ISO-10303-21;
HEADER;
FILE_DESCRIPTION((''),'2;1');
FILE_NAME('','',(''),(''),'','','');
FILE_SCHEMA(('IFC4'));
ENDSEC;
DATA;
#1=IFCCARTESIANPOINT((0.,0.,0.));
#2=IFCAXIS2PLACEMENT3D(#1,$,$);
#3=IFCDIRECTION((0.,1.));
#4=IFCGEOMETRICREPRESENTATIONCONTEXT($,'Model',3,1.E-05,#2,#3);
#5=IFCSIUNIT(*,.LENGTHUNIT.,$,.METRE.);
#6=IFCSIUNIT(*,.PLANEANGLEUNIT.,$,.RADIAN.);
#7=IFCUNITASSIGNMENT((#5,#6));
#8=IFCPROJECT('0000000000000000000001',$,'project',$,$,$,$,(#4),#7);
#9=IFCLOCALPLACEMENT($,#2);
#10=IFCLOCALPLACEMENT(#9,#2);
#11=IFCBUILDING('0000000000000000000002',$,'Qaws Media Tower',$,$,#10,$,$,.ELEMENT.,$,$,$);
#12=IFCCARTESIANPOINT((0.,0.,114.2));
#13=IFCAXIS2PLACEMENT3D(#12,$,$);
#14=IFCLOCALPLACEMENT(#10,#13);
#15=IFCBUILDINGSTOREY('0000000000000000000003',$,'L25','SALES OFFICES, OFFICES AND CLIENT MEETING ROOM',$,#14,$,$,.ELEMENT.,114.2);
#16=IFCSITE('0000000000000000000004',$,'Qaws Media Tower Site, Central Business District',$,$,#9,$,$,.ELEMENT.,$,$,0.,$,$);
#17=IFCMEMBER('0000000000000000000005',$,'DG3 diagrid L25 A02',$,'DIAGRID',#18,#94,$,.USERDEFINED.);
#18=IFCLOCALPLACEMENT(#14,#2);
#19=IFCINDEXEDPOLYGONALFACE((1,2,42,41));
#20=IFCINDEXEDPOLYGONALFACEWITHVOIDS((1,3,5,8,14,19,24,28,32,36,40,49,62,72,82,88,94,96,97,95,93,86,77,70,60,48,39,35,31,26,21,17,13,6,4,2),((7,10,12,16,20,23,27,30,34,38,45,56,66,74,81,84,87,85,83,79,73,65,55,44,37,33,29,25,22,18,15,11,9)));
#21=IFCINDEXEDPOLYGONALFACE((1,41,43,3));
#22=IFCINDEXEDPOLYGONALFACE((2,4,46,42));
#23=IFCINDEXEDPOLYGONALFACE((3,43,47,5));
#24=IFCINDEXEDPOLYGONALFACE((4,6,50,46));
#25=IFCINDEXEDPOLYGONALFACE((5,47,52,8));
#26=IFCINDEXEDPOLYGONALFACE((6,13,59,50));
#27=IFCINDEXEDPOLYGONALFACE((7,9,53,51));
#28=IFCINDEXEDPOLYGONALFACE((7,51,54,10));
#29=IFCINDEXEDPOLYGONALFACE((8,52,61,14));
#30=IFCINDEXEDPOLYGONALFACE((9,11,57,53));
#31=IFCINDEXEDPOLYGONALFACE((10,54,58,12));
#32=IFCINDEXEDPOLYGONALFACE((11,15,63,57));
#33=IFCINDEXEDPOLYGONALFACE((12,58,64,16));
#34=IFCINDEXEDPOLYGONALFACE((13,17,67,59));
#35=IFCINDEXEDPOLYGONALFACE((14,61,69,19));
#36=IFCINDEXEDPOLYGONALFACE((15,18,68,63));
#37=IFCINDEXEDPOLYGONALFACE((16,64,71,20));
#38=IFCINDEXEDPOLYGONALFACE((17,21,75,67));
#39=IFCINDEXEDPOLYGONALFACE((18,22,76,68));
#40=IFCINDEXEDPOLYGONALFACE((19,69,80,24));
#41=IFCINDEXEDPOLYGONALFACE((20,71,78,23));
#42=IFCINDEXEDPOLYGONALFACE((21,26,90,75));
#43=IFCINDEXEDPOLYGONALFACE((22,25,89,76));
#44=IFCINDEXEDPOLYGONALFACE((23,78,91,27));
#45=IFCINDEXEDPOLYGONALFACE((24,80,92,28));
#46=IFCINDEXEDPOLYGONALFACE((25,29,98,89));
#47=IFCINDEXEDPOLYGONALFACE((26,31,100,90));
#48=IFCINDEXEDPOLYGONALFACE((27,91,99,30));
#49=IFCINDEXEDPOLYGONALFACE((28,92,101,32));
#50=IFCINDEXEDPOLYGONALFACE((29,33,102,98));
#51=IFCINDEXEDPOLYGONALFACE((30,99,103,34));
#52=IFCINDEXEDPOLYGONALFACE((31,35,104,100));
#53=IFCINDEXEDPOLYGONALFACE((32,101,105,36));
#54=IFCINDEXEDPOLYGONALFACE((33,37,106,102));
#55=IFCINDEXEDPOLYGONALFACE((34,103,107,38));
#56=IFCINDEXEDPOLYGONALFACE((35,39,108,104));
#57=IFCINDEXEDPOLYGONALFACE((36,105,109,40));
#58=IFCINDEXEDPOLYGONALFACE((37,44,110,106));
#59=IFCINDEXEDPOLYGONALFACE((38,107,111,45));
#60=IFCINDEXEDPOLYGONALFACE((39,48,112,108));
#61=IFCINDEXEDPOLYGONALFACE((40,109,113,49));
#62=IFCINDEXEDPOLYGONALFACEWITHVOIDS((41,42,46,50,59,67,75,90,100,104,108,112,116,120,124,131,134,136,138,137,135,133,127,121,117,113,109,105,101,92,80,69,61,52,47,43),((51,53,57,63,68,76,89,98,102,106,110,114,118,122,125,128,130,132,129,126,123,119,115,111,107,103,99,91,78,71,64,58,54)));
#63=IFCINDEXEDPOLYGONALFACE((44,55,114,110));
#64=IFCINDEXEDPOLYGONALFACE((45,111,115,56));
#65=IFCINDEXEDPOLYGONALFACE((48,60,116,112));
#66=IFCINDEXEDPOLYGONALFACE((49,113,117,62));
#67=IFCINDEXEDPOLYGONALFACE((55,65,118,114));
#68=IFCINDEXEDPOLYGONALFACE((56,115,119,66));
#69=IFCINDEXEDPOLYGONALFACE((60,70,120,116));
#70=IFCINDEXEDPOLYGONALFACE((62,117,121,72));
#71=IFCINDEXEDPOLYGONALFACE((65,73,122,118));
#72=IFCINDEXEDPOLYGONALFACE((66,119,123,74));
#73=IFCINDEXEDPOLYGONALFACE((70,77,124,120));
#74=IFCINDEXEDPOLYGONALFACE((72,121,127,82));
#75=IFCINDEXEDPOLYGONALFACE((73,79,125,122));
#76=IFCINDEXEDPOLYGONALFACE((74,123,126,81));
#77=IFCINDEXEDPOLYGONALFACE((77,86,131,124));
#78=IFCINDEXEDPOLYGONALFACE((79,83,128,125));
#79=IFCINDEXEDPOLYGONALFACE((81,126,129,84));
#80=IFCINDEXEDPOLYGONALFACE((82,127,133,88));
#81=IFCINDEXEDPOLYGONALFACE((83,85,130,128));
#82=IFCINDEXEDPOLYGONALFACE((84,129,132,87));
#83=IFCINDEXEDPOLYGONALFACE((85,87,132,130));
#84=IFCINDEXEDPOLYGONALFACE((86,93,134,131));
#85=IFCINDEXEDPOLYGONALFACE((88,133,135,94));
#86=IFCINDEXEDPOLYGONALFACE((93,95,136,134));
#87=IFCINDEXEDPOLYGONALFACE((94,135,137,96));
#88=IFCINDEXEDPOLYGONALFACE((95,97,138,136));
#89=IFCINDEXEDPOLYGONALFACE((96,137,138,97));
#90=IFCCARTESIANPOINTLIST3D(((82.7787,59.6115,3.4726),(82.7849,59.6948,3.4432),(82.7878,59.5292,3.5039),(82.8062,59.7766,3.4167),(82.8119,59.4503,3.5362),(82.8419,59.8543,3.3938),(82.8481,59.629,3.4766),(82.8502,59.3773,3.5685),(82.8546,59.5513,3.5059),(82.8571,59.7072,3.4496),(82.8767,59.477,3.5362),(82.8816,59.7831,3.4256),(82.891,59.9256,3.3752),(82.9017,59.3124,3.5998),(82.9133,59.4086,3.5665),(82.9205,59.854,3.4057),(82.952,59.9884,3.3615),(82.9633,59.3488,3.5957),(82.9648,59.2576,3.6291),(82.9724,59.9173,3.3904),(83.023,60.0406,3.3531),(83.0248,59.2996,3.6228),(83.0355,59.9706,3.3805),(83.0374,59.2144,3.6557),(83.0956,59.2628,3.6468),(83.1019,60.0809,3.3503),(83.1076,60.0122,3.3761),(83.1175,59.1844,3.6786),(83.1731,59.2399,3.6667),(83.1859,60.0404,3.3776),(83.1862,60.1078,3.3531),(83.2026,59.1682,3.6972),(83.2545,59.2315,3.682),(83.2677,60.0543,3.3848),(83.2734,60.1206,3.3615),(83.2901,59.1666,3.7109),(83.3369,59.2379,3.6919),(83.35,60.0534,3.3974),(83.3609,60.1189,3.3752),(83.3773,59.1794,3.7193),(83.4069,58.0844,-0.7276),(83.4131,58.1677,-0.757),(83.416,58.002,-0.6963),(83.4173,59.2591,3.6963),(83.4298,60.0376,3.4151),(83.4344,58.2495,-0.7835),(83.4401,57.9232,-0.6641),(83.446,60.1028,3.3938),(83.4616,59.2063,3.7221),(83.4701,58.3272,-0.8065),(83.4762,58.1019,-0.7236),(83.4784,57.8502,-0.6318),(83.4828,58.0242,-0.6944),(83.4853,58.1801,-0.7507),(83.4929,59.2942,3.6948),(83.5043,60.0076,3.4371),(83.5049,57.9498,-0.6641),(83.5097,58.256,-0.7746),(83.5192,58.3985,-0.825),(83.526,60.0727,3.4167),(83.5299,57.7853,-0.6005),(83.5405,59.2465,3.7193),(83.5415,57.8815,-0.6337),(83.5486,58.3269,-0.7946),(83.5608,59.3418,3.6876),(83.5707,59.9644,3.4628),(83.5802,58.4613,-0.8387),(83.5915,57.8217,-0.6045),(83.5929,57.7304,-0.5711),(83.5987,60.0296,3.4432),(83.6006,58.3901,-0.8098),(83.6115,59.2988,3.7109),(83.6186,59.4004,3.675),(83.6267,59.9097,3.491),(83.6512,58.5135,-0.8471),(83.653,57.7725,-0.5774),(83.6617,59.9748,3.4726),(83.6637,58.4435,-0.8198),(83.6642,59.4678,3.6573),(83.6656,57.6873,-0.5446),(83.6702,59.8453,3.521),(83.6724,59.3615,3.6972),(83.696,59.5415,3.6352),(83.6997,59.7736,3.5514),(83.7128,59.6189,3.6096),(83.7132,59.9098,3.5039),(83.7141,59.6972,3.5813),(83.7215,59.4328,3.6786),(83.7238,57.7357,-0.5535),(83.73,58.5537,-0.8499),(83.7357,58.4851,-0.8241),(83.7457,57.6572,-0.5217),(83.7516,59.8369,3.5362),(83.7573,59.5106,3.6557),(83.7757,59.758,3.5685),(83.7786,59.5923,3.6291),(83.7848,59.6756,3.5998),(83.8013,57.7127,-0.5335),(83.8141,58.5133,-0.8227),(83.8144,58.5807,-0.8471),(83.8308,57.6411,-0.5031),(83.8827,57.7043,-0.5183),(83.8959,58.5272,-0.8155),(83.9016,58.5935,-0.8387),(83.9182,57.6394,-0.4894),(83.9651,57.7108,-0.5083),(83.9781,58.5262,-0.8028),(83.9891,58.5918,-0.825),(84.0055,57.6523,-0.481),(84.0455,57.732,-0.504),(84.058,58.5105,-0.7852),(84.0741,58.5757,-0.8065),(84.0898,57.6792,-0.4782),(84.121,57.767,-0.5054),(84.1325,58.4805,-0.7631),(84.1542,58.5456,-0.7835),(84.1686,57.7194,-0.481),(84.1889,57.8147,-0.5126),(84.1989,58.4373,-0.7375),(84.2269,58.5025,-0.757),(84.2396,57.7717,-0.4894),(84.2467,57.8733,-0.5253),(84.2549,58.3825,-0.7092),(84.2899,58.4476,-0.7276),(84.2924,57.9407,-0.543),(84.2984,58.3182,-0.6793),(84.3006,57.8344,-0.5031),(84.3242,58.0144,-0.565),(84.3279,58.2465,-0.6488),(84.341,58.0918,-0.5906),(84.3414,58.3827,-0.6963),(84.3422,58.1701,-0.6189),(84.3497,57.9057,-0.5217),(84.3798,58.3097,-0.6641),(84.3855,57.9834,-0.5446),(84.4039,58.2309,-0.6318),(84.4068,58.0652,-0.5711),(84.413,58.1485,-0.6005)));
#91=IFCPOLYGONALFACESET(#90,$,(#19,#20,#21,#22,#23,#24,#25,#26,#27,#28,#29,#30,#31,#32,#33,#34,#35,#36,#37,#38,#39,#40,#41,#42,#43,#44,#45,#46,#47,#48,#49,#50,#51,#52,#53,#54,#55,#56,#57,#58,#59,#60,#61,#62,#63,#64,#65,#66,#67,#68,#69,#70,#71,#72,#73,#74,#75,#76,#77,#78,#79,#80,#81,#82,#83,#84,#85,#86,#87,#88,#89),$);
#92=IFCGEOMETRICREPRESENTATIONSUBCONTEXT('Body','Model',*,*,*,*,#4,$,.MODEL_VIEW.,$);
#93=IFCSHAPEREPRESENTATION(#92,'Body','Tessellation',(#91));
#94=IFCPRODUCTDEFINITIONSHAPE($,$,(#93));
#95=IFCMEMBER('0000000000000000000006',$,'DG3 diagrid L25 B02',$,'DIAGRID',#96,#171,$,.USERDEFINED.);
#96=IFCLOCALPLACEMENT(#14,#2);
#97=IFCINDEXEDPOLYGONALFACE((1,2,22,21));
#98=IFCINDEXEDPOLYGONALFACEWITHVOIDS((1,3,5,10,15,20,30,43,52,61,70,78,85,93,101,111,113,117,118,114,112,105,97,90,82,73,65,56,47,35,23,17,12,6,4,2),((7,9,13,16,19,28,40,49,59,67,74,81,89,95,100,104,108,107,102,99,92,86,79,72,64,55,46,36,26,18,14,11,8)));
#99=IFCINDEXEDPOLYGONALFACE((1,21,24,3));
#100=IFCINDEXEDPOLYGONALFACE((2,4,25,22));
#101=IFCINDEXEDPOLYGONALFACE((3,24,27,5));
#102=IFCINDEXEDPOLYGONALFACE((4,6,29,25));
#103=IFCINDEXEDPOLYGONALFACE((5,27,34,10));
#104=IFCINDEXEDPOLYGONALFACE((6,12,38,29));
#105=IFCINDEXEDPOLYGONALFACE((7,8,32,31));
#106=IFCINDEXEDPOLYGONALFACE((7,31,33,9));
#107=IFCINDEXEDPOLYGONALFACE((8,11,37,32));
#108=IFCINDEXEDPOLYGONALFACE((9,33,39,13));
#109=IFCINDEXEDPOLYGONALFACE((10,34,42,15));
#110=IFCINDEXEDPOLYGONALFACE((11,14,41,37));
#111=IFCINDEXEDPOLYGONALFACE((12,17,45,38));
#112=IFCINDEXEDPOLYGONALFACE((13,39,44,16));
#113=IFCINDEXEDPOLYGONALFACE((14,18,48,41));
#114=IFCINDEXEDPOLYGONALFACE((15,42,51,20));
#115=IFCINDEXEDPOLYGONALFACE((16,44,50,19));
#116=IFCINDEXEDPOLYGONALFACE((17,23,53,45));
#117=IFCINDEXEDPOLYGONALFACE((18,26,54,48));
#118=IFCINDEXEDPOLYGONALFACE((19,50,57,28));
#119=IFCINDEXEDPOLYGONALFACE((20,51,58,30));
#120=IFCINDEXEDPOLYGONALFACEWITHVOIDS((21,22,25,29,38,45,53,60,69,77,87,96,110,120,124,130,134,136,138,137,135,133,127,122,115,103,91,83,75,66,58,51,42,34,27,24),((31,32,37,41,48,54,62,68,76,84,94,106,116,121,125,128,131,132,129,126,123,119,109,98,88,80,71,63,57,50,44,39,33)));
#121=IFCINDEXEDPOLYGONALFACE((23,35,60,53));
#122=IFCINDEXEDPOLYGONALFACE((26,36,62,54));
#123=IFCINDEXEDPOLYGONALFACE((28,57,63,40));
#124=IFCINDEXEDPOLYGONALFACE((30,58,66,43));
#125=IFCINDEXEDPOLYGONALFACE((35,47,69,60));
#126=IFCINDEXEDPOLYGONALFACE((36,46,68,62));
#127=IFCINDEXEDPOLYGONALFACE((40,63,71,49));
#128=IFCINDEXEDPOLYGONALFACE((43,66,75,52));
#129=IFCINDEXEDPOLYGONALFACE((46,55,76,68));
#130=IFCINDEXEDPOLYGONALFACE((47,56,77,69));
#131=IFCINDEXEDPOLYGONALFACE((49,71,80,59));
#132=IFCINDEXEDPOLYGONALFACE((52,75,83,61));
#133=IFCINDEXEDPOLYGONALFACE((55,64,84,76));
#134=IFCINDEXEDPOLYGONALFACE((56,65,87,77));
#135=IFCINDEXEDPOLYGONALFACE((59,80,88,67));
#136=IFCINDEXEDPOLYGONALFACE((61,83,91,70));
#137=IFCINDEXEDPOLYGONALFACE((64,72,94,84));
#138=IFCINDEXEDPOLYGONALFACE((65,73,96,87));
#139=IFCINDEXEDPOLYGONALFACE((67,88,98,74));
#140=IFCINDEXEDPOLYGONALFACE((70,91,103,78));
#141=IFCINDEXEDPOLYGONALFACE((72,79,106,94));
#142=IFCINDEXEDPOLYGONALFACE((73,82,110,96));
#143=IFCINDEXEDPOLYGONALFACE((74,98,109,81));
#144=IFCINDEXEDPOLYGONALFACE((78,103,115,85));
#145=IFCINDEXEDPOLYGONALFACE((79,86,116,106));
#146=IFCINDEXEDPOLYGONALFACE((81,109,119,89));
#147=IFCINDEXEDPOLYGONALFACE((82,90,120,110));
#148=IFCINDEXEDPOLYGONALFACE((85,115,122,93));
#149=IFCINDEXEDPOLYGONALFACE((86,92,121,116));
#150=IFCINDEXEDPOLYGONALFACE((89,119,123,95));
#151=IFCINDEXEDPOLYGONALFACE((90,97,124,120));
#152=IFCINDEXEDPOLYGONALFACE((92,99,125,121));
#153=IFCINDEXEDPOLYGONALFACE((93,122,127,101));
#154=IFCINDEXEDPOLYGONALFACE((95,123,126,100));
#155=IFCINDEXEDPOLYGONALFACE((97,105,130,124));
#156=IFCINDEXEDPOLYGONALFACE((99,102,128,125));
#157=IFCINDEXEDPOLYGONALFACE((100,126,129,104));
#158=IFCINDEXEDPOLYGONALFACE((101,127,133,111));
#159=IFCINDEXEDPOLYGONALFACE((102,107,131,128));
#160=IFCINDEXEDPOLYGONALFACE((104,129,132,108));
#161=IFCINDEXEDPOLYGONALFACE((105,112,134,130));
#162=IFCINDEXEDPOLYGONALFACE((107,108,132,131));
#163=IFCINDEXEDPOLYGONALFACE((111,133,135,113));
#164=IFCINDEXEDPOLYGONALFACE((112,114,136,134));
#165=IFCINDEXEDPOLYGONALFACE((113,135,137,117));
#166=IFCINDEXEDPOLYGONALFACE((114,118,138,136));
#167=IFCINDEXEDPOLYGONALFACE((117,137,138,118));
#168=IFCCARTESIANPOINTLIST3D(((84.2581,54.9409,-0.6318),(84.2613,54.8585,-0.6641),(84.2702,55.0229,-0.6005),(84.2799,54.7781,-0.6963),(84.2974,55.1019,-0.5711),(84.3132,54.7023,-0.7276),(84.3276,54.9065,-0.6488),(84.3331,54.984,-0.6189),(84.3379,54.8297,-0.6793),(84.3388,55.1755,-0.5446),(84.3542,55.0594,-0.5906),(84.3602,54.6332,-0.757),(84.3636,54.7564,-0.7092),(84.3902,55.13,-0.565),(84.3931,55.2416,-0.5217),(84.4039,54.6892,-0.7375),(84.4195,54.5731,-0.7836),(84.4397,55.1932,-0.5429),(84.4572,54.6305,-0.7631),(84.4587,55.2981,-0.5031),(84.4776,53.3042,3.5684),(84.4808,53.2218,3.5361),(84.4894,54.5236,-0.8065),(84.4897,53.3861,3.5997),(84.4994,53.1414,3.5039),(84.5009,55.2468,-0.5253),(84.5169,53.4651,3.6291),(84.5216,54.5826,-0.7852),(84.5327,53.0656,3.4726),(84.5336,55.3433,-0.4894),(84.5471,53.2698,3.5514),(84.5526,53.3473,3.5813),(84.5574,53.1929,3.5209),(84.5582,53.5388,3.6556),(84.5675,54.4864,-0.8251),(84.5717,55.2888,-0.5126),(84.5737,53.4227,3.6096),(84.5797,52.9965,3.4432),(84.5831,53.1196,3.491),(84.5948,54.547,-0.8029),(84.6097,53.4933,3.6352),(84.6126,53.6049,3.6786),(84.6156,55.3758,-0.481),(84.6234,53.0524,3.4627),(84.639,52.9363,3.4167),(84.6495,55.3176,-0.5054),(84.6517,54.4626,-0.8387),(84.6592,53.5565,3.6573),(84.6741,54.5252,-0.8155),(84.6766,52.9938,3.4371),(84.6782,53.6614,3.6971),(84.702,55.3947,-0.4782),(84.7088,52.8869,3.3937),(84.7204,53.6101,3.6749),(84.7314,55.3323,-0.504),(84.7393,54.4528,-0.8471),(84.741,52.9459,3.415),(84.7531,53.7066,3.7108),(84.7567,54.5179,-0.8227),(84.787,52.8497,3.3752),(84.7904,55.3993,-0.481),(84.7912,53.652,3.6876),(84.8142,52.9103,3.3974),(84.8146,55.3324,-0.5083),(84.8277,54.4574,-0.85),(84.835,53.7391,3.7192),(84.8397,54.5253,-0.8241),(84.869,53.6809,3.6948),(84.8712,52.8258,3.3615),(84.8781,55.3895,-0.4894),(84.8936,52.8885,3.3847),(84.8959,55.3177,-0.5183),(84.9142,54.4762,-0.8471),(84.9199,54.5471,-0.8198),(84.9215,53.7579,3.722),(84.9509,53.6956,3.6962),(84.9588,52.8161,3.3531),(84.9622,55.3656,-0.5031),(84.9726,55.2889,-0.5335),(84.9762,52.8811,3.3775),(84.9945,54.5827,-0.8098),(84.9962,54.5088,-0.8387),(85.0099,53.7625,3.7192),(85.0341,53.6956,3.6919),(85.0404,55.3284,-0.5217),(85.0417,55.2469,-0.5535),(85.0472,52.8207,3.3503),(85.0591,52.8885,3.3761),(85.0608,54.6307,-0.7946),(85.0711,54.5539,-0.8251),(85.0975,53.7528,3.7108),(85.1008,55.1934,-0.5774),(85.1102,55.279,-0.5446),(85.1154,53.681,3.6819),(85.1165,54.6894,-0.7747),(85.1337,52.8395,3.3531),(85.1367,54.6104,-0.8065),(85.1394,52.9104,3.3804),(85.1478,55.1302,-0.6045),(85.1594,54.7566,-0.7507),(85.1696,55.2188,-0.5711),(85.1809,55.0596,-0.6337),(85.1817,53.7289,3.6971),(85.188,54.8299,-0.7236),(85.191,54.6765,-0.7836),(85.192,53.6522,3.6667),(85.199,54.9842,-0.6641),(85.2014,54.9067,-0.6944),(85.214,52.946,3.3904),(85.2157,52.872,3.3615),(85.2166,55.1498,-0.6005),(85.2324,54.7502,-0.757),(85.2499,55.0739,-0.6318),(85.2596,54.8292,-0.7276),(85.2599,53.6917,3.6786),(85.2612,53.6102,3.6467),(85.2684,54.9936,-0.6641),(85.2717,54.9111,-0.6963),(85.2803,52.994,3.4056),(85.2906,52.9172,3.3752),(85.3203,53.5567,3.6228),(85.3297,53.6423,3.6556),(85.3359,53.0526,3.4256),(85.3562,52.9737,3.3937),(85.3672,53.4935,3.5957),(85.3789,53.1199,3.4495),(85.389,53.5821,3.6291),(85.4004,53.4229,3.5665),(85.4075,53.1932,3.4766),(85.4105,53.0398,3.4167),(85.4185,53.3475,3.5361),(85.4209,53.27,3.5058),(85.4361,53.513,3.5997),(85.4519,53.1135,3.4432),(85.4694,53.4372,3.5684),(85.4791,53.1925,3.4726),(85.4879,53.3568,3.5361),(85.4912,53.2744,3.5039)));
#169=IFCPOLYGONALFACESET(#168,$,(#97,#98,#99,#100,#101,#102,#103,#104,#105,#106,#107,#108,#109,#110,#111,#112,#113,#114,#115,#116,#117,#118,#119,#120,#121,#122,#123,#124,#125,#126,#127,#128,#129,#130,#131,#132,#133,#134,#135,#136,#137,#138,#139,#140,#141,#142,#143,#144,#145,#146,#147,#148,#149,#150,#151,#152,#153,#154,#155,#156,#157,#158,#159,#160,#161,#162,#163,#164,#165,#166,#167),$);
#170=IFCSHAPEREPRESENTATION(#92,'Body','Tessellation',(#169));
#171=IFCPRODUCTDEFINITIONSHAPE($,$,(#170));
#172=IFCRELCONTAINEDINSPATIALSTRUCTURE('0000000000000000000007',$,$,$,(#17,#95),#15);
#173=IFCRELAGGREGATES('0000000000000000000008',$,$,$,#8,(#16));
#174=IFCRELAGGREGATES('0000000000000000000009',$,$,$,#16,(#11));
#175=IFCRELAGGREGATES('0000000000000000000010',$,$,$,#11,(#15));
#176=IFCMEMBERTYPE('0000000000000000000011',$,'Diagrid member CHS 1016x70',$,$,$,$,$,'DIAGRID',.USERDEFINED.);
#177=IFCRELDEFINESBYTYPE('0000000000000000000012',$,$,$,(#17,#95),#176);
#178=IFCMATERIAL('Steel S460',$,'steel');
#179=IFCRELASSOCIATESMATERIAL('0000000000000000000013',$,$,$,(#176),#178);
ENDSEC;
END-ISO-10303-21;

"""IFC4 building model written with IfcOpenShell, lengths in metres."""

from ifc_helpers import new_model, si_unit, direction, frame, origin, origin_2d, place, context, subcontext, project, spatial, hollow_circle, extrude, material, material_profile, profile_set, type_object, element, save


model = new_model("IFC4")

# Units and contexts
model_context = context("Model", 3, precision=1e-05, world=origin(), true_north=direction((0.0, 1.0)))
body_context = subcontext(model_context, "Body", "Model", "MODEL_VIEW")
ifc_project = project(units=[si_unit("LENGTHUNIT", "METRE"), si_unit("PLANEANGLEUNIT", "RADIAN")], contexts=[model_context])

# Site, building, storey
site_placement = place(None, origin())
site = spatial("IfcSite", under=ifc_project, at=site_placement, Name="Qaws Media Tower Site, Central Business District", CompositionType="ELEMENT", RefElevation=0.0)
building_placement = place(site_placement, origin())
building = spatial("IfcBuilding", under=site, at=building_placement, Name="Qaws Media Tower", CompositionType="ELEMENT")
storey_placement = place(building_placement, frame((0.0, 0.0, 114.2)))
storey = spatial("IfcBuildingStorey", under=building, at=storey_placement, Name="L25", Description="SALES OFFICES, OFFICES AND CLIENT MEETING ROOM", CompositionType="ELEMENT", Elevation=114.2)

# Members
ifc_material_1 = material(Name="Steel S460", Category="steel")
ifc_material_profile_1 = material_profile(ifc_material_1, hollow_circle(Radius=0.5081, WallThickness=0.0701, at=origin_2d()), Name="CHS 1016x70")
ifc_profile_set_1 = profile_set([ifc_material_profile_1], Name="Steel S460")
member_type_1 = type_object("IfcMemberType", Name="Diagrid member CHS 1016x70", ElementType="DIAGRID", PredefinedType="USERDEFINED", material=ifc_profile_set_1)
for number, where, z_axis, x_axis, name in (
    (1, (83.9099, 58.1165, -0.6641), (-0.139188, 0.338369, 0.930663), (-0.924813, -0.380423, 0.0), "DG3 diagrid L25 A02"),
    (2, (84.7649, 54.926, -0.6641), (0.048632, -0.362654, 0.930654), (0.991128, 0.132909, 0.0), "DG3 diagrid L25 B02"),
):
    element("IfcMember", number, at=place(storey_placement, frame(where, z_axis=z_axis, x_axis=x_axis)), inside=storey, type_object=member_type_1, Name=name, ObjectType="DIAGRID", PredefinedType="USERDEFINED", context=body_context, shape_type="SweptSolid", body=[
        extrude(hollow_circle(Radius=0.5081, WallThickness=0.0701, at=origin_2d()), origin(), (0.0, 0.0, 1.0), 4.5132),
    ])

save(model, "model.ifc")
